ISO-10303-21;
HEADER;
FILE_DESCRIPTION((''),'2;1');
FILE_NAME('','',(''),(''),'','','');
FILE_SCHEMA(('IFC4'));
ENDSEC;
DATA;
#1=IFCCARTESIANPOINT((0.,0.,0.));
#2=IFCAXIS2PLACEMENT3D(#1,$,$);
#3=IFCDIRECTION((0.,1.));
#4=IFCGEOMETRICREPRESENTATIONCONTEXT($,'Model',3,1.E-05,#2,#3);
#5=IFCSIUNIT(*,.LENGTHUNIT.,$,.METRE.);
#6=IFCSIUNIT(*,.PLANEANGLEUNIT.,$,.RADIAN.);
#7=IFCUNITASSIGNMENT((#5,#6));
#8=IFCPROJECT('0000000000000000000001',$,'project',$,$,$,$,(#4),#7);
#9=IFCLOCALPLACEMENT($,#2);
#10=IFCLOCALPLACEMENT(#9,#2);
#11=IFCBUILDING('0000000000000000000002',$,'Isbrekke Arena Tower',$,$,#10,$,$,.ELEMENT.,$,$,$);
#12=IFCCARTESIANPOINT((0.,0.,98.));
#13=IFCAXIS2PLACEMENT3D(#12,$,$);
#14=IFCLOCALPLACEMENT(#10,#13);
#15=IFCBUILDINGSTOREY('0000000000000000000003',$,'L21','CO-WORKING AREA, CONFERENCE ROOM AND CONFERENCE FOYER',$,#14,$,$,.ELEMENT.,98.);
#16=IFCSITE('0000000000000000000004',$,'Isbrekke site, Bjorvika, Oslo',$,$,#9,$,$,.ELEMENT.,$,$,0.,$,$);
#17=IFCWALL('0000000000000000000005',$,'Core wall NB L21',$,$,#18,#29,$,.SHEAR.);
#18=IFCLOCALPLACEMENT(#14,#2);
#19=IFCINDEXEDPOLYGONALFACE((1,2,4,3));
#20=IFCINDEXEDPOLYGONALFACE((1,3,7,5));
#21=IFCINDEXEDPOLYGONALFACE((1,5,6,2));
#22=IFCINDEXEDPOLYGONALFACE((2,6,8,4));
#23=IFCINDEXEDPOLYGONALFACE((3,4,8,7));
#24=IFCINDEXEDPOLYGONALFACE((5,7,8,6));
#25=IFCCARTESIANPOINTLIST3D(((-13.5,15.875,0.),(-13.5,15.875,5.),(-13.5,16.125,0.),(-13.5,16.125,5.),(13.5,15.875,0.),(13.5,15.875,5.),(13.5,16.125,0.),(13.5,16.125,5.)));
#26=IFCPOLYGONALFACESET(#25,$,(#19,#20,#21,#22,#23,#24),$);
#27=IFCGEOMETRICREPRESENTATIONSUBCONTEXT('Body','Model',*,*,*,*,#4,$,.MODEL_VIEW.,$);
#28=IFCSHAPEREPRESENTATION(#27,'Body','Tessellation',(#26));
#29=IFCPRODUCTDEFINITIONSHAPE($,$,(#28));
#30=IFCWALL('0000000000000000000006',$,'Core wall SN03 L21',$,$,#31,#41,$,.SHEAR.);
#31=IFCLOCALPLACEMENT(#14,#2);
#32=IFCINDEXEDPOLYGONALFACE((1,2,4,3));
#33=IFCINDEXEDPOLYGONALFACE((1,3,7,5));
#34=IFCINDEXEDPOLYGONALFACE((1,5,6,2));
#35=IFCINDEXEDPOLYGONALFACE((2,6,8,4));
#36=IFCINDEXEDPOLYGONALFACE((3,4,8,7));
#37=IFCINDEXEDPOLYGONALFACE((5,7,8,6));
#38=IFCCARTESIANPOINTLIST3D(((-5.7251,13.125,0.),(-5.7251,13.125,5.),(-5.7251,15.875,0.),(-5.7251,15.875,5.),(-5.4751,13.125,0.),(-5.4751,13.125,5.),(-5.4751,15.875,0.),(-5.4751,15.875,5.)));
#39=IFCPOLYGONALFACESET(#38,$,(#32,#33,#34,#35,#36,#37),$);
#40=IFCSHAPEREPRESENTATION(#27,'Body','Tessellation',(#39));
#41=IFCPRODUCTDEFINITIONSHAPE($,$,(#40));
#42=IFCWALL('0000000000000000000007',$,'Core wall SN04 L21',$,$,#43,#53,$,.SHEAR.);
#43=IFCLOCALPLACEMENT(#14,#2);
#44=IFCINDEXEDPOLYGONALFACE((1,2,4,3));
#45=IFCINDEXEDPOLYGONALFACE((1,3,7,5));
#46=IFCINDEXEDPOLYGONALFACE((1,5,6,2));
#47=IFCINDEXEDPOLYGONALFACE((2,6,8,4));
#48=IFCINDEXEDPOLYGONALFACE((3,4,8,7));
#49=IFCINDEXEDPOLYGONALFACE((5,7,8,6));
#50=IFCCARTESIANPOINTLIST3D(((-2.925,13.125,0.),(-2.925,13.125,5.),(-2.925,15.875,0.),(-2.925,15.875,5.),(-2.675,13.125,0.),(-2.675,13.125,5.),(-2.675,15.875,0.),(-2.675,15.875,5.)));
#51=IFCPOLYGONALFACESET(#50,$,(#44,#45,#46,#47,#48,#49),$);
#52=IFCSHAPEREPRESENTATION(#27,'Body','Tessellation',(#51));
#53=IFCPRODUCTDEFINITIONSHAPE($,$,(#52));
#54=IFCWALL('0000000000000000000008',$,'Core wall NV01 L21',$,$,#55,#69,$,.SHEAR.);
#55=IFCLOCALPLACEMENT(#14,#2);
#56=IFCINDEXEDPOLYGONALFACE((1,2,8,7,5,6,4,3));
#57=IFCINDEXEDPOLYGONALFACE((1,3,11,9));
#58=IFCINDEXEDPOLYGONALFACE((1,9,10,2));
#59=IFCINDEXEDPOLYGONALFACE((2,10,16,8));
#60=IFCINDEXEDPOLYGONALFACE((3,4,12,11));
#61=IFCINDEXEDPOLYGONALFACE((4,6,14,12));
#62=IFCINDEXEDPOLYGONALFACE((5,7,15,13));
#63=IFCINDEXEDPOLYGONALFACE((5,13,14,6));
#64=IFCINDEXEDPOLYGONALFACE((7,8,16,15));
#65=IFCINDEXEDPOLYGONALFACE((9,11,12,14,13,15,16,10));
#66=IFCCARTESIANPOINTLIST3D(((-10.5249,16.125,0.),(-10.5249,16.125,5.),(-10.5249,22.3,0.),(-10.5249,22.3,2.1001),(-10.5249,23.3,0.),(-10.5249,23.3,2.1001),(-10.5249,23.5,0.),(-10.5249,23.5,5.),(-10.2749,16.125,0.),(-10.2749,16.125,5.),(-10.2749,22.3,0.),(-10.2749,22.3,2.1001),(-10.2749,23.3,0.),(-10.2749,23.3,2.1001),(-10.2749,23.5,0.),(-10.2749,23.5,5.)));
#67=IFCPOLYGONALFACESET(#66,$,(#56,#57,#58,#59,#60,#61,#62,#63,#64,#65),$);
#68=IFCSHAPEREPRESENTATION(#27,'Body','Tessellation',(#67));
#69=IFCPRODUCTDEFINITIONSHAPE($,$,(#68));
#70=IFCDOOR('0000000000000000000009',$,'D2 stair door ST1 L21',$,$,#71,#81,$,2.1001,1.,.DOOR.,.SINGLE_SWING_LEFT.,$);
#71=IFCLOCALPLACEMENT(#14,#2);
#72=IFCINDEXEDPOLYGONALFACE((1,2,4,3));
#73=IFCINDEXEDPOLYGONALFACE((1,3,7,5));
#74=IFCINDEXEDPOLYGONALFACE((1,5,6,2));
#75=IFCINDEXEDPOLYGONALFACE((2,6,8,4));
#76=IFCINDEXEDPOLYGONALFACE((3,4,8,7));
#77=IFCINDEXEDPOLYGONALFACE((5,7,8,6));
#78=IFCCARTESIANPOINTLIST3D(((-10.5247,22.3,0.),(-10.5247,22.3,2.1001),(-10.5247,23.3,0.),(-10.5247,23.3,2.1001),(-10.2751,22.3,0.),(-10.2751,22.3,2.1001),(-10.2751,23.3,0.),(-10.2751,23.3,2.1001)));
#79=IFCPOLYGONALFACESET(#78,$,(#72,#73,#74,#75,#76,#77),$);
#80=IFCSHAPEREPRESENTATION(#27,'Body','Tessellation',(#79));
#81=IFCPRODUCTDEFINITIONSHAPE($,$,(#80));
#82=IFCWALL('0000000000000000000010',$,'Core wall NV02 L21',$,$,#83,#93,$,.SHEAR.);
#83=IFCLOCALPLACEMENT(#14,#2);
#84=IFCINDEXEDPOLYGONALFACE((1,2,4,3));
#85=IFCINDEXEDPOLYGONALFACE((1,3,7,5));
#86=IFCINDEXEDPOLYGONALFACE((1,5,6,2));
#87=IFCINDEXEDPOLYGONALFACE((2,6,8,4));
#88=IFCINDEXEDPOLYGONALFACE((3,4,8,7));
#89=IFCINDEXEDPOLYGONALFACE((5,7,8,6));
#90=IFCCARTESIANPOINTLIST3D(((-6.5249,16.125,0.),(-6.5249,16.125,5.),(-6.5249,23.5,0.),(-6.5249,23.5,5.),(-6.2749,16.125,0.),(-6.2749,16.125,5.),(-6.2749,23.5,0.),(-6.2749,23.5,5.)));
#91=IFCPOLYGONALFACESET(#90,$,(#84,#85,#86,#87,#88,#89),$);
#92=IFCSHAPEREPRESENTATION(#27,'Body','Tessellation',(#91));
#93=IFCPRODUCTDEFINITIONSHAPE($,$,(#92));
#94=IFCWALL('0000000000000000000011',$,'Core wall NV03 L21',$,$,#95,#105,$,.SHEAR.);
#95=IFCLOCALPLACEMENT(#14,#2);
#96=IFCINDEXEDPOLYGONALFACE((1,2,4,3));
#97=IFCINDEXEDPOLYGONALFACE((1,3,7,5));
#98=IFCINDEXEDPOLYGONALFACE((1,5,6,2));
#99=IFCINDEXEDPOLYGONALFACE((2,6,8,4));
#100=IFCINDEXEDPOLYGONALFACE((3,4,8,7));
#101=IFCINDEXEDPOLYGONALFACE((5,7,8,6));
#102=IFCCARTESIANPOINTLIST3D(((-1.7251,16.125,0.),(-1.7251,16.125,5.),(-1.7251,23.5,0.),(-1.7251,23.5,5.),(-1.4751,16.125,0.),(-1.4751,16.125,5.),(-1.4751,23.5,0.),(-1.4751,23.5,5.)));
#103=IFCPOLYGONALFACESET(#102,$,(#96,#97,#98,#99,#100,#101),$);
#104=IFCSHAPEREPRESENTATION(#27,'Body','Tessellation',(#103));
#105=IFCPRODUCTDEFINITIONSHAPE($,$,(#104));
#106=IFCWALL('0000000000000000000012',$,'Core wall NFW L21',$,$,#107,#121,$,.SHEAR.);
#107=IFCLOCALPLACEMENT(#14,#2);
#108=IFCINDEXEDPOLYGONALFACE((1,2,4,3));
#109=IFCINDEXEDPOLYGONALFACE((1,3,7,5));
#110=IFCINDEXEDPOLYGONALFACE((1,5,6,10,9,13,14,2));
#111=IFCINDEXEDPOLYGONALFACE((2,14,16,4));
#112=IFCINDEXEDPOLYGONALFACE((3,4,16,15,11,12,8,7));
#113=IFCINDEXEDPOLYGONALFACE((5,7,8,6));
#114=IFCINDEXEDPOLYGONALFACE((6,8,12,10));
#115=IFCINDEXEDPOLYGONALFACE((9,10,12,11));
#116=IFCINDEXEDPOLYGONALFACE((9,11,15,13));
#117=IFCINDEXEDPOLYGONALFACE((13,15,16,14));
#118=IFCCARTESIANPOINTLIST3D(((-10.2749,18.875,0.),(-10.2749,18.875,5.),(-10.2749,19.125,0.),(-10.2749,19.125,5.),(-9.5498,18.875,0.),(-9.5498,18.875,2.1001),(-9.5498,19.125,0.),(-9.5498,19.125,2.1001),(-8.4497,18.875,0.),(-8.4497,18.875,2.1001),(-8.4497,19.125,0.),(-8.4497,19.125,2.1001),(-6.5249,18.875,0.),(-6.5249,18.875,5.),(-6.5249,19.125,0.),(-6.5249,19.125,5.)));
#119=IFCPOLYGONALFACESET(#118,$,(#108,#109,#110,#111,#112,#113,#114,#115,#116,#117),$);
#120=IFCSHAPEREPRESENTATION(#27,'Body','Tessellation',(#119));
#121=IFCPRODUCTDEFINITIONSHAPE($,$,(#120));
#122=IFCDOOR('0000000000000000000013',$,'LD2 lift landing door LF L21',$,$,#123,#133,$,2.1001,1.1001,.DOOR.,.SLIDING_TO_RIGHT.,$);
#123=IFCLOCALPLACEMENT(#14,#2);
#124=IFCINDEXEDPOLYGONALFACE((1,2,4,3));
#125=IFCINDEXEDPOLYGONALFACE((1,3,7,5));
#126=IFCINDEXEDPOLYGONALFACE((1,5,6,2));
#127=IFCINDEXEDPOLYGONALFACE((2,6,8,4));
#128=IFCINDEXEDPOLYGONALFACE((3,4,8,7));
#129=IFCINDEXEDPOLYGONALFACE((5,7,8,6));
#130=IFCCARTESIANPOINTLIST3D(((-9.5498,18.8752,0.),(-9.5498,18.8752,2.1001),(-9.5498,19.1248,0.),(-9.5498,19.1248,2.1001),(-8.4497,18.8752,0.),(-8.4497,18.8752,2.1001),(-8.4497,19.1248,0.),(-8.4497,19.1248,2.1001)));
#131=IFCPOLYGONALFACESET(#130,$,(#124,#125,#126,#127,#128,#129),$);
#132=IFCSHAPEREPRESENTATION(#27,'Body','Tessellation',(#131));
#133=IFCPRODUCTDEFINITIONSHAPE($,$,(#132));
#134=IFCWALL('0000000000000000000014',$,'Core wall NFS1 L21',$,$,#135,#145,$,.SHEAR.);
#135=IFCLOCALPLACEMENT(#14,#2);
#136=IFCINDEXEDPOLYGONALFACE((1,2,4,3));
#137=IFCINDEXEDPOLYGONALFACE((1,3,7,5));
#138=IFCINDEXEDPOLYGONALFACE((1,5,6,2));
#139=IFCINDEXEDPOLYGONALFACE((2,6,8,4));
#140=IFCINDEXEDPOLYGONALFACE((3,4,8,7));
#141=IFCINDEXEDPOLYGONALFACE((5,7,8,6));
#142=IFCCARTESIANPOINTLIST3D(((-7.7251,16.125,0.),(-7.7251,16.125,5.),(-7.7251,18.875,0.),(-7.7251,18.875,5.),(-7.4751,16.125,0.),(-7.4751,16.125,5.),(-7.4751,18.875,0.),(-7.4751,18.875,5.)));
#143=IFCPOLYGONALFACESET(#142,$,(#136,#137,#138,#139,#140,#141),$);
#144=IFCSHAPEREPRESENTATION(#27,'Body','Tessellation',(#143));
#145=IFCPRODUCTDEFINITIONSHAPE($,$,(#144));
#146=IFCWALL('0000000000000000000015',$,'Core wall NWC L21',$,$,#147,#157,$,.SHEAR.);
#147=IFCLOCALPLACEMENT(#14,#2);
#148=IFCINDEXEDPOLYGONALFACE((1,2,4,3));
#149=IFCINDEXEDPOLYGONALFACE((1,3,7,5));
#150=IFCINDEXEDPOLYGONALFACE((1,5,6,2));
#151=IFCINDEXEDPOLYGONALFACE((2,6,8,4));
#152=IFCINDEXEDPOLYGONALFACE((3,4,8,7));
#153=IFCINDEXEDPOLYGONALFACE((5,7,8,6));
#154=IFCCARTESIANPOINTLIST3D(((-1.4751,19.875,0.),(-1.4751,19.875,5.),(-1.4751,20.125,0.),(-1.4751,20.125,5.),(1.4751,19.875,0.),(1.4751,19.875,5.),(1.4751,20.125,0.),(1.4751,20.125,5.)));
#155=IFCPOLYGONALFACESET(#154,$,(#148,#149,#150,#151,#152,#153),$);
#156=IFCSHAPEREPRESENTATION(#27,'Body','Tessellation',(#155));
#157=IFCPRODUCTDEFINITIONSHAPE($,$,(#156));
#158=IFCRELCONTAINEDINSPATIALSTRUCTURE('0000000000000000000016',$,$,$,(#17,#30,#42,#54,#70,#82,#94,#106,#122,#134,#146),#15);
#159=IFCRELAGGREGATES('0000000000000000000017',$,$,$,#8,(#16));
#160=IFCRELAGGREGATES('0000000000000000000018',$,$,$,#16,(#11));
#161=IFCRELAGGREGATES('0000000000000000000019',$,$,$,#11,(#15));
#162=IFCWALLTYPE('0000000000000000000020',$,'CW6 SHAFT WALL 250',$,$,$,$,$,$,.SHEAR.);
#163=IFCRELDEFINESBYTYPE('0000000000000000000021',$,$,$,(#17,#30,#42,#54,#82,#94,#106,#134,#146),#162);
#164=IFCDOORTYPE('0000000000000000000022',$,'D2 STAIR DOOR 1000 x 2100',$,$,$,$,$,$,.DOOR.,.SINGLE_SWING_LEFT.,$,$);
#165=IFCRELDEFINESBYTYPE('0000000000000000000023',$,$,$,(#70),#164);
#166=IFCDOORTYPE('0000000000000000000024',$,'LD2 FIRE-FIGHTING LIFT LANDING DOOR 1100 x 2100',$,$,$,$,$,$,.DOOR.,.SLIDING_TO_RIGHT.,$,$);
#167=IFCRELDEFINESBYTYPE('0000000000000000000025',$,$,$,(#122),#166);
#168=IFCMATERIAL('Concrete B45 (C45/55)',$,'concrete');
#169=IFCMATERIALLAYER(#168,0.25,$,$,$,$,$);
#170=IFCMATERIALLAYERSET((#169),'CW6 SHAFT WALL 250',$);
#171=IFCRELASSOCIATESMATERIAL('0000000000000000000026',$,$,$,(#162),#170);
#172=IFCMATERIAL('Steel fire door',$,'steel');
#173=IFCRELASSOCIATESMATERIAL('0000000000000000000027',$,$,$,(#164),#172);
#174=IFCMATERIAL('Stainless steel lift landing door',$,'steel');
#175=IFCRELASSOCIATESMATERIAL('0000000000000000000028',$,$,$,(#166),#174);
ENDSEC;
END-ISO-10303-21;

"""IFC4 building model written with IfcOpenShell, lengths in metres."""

from ifc_helpers import new_model, si_unit, direction, frame, frame_2d, origin, place, context, subcontext, project, spatial, rectangle, extrude, material, layer, layer_set, type_object, element, fill, save


model = new_model("IFC4")

# Units and contexts
model_context = context("Model", 3, precision=1e-05, world=origin(), true_north=direction((0.0, 1.0)))
body_context = subcontext(model_context, "Body", "Model", "MODEL_VIEW")
ifc_project = project(units=[si_unit("LENGTHUNIT", "METRE"), si_unit("PLANEANGLEUNIT", "RADIAN")], contexts=[model_context])

# Site, building, storey
site_placement = place(None, origin())
site = spatial("IfcSite", under=ifc_project, at=site_placement, Name="Isbrekke site, Bjorvika, Oslo", CompositionType="ELEMENT", RefElevation=0.0)
building_placement = place(site_placement, origin())
building = spatial("IfcBuilding", under=site, at=building_placement, Name="Isbrekke Arena Tower", CompositionType="ELEMENT")
storey_placement = place(building_placement, frame((0.0, 0.0, 98.0)))
storey = spatial("IfcBuildingStorey", under=building, at=storey_placement, Name="L21", Description="CO-WORKING AREA, CONFERENCE ROOM AND CONFERENCE FOYER", CompositionType="ELEMENT", Elevation=98.0)

# Walls
ifc_material_1 = material(Name="Concrete B45 (C45/55)", Category="concrete")
ifc_layer = layer(ifc_material_1, 0.25)
ifc_layer_set = layer_set([ifc_layer], Name="CW6 SHAFT WALL 250")
wall_type = type_object("IfcWallType", Name="CW6 SHAFT WALL 250", PredefinedType="SHEAR", material=ifc_layer_set)
wall_1_placement = place(storey_placement, frame((-13.5, 16.0, 0.0), z_axis=(0.0, 0.0, 1.0), x_axis=(1.0, 0.0, 0.0)))
element("IfcWall", 1, at=wall_1_placement, inside=storey, type_object=wall_type, Name="Core wall NB L21", PredefinedType="SHEAR", context=body_context, shape_type="SweptSolid", body=[
    extrude(rectangle(XDim=27.0, YDim=0.25, at=frame_2d((13.5, 0.0))), origin(), (0.0, 0.0, 1.0), 5.0),
])
for number, where, z_axis, x_axis, name in (
    (2, (-5.6001, 13.125, 0.0), (0.0, 0.0, 1.0), (0.0, 1.0, 0.0), "Core wall SN03 L21"),
    (3, (-2.8, 13.125, 0.0), (0.0, 0.0, 1.0), (0.0, 1.0, 0.0), "Core wall SN04 L21"),
):
    element("IfcWall", number, at=place(storey_placement, frame(where, z_axis=z_axis, x_axis=x_axis)), inside=storey, type_object=wall_type, Name=name, PredefinedType="SHEAR", context=body_context, shape_type="SweptSolid", body=[
        extrude(rectangle(XDim=2.75, YDim=0.25, at=frame_2d((1.375, 0.0))), origin(), (0.0, 0.0, 1.0), 5.0),
    ])

# Wall, opening, door
wall_2_placement = place(storey_placement, frame((-10.3999, 16.125, 0.0), z_axis=(0.0, 0.0, 1.0), x_axis=(0.0, 1.0, 0.0)))
wall_2 = element("IfcWall", 4, at=wall_2_placement, inside=storey, type_object=wall_type, Name="Core wall NV01 L21", PredefinedType="SHEAR", context=body_context, shape_type="SweptSolid", body=[
    extrude(rectangle(XDim=7.375, YDim=0.25, at=frame_2d((3.6875, 0.0))), origin(), (0.0, 0.0, 1.0), 5.0),
])
opening_1_placement = place(wall_2_placement, frame((6.175, 0.0, 0.0)))
opening_1 = element("IfcOpeningElement", 5, at=opening_1_placement, cuts=wall_2, PredefinedType="OPENING", context=body_context, shape_type="SweptSolid", body=[
    extrude(rectangle(XDim=1.0, YDim=2.1001, at=frame_2d((0.5, 1.05))), frame((0.0, 0.1399, 0.0), z_axis=(0.0, -1.0, 0.0), x_axis=(1.0, 0.0, 0.0)), (0.0, 0.0, 1.0), 0.2798),
])
ifc_material_2 = material(Name="Steel fire door", Category="steel")
door_type_1 = type_object("IfcDoorType", Name="D2 STAIR DOOR 1000 x 2100", OperationType="SINGLE_SWING_LEFT", PredefinedType="DOOR", material=ifc_material_2)
door_1_placement = place(opening_1_placement, origin())
door_1 = element("IfcDoor", 6, at=door_1_placement, inside=storey, type_object=door_type_1, Name="D2 stair door ST1 L21", OperationType="SINGLE_SWING_LEFT", OverallHeight=2.1001, OverallWidth=1.0, PredefinedType="DOOR", context=body_context, shape_type="SweptSolid", body=[
    extrude(rectangle(XDim=1.0, YDim=2.1001, at=frame_2d((0.5, 1.05))), frame((0.0, 0.1248, 0.0), z_axis=(0.0, -1.0, 0.0), x_axis=(1.0, 0.0, 0.0)), (0.0, 0.0, 1.0), 0.2495),
])
fill(opening_1, door_1)

# Walls
for number, where, z_axis, x_axis, name in (
    (7, (-6.3999, 16.125, 0.0), (0.0, 0.0, 1.0), (0.0, 1.0, 0.0), "Core wall NV02 L21"),
    (8, (-1.6001, 16.125, 0.0), (0.0, 0.0, 1.0), (0.0, 1.0, 0.0), "Core wall NV03 L21"),
):
    element("IfcWall", number, at=place(storey_placement, frame(where, z_axis=z_axis, x_axis=x_axis)), inside=storey, type_object=wall_type, Name=name, PredefinedType="SHEAR", context=body_context, shape_type="SweptSolid", body=[
        extrude(rectangle(XDim=7.375, YDim=0.25, at=frame_2d((3.6875, 0.0))), origin(), (0.0, 0.0, 1.0), 5.0),
    ])

# Wall, opening, door
wall_3_placement = place(storey_placement, frame((-10.2749, 19.0, 0.0), z_axis=(0.0, 0.0, 1.0), x_axis=(1.0, 0.0, 0.0)))
wall_3 = element("IfcWall", 9, at=wall_3_placement, inside=storey, type_object=wall_type, Name="Core wall NFW L21", PredefinedType="SHEAR", context=body_context, shape_type="SweptSolid", body=[
    extrude(rectangle(XDim=3.75, YDim=0.25, at=frame_2d((1.875, 0.0))), origin(), (0.0, 0.0, 1.0), 5.0),
])
opening_2_placement = place(wall_3_placement, frame((0.7251, 0.0, 0.0)))
opening_2 = element("IfcOpeningElement", 10, at=opening_2_placement, cuts=wall_3, PredefinedType="OPENING", context=body_context, shape_type="SweptSolid", body=[
    extrude(rectangle(XDim=1.1001, YDim=2.1001, at=frame_2d((0.55, 1.05))), frame((0.0, 0.1399, 0.0), z_axis=(0.0, -1.0, 0.0), x_axis=(1.0, 0.0, 0.0)), (0.0, 0.0, 1.0), 0.2798),
])
ifc_material_3 = material(Name="Stainless steel lift landing door", Category="steel")
door_type_2 = type_object("IfcDoorType", Name="LD2 FIRE-FIGHTING LIFT LANDING DOOR 1100 x 2100", OperationType="SLIDING_TO_RIGHT", PredefinedType="DOOR", material=ifc_material_3)
door_2_placement = place(opening_2_placement, origin())
door_2 = element("IfcDoor", 11, at=door_2_placement, inside=storey, type_object=door_type_2, Name="LD2 lift landing door LF L21", OperationType="SLIDING_TO_RIGHT", OverallHeight=2.1001, OverallWidth=1.1001, PredefinedType="DOOR", context=body_context, shape_type="SweptSolid", body=[
    extrude(rectangle(XDim=1.1001, YDim=2.1001, at=frame_2d((0.55, 1.05))), frame((0.0, 0.1248, 0.0), z_axis=(0.0, -1.0, 0.0), x_axis=(1.0, 0.0, 0.0)), (0.0, 0.0, 1.0), 0.2495),
])
fill(opening_2, door_2)

# Walls
wall_4_placement = place(storey_placement, frame((-7.6001, 16.125, 0.0), z_axis=(0.0, 0.0, 1.0), x_axis=(0.0, 1.0, 0.0)))
element("IfcWall", 12, at=wall_4_placement, inside=storey, type_object=wall_type, Name="Core wall NFS1 L21", PredefinedType="SHEAR", context=body_context, shape_type="SweptSolid", body=[
    extrude(rectangle(XDim=2.75, YDim=0.25, at=frame_2d((1.375, 0.0))), origin(), (0.0, 0.0, 1.0), 5.0),
])
wall_5_placement = place(storey_placement, frame((-1.4751, 20.0, 0.0), z_axis=(0.0, 0.0, 1.0), x_axis=(1.0, 0.0, 0.0)))
element("IfcWall", 13, at=wall_5_placement, inside=storey, type_object=wall_type, Name="Core wall NWC L21", PredefinedType="SHEAR", context=body_context, shape_type="SweptSolid", body=[
    extrude(rectangle(XDim=2.9502, YDim=0.25, at=frame_2d((1.4751, 0.0))), origin(), (0.0, 0.0, 1.0), 5.0),
])

save(model, "model.ifc")
